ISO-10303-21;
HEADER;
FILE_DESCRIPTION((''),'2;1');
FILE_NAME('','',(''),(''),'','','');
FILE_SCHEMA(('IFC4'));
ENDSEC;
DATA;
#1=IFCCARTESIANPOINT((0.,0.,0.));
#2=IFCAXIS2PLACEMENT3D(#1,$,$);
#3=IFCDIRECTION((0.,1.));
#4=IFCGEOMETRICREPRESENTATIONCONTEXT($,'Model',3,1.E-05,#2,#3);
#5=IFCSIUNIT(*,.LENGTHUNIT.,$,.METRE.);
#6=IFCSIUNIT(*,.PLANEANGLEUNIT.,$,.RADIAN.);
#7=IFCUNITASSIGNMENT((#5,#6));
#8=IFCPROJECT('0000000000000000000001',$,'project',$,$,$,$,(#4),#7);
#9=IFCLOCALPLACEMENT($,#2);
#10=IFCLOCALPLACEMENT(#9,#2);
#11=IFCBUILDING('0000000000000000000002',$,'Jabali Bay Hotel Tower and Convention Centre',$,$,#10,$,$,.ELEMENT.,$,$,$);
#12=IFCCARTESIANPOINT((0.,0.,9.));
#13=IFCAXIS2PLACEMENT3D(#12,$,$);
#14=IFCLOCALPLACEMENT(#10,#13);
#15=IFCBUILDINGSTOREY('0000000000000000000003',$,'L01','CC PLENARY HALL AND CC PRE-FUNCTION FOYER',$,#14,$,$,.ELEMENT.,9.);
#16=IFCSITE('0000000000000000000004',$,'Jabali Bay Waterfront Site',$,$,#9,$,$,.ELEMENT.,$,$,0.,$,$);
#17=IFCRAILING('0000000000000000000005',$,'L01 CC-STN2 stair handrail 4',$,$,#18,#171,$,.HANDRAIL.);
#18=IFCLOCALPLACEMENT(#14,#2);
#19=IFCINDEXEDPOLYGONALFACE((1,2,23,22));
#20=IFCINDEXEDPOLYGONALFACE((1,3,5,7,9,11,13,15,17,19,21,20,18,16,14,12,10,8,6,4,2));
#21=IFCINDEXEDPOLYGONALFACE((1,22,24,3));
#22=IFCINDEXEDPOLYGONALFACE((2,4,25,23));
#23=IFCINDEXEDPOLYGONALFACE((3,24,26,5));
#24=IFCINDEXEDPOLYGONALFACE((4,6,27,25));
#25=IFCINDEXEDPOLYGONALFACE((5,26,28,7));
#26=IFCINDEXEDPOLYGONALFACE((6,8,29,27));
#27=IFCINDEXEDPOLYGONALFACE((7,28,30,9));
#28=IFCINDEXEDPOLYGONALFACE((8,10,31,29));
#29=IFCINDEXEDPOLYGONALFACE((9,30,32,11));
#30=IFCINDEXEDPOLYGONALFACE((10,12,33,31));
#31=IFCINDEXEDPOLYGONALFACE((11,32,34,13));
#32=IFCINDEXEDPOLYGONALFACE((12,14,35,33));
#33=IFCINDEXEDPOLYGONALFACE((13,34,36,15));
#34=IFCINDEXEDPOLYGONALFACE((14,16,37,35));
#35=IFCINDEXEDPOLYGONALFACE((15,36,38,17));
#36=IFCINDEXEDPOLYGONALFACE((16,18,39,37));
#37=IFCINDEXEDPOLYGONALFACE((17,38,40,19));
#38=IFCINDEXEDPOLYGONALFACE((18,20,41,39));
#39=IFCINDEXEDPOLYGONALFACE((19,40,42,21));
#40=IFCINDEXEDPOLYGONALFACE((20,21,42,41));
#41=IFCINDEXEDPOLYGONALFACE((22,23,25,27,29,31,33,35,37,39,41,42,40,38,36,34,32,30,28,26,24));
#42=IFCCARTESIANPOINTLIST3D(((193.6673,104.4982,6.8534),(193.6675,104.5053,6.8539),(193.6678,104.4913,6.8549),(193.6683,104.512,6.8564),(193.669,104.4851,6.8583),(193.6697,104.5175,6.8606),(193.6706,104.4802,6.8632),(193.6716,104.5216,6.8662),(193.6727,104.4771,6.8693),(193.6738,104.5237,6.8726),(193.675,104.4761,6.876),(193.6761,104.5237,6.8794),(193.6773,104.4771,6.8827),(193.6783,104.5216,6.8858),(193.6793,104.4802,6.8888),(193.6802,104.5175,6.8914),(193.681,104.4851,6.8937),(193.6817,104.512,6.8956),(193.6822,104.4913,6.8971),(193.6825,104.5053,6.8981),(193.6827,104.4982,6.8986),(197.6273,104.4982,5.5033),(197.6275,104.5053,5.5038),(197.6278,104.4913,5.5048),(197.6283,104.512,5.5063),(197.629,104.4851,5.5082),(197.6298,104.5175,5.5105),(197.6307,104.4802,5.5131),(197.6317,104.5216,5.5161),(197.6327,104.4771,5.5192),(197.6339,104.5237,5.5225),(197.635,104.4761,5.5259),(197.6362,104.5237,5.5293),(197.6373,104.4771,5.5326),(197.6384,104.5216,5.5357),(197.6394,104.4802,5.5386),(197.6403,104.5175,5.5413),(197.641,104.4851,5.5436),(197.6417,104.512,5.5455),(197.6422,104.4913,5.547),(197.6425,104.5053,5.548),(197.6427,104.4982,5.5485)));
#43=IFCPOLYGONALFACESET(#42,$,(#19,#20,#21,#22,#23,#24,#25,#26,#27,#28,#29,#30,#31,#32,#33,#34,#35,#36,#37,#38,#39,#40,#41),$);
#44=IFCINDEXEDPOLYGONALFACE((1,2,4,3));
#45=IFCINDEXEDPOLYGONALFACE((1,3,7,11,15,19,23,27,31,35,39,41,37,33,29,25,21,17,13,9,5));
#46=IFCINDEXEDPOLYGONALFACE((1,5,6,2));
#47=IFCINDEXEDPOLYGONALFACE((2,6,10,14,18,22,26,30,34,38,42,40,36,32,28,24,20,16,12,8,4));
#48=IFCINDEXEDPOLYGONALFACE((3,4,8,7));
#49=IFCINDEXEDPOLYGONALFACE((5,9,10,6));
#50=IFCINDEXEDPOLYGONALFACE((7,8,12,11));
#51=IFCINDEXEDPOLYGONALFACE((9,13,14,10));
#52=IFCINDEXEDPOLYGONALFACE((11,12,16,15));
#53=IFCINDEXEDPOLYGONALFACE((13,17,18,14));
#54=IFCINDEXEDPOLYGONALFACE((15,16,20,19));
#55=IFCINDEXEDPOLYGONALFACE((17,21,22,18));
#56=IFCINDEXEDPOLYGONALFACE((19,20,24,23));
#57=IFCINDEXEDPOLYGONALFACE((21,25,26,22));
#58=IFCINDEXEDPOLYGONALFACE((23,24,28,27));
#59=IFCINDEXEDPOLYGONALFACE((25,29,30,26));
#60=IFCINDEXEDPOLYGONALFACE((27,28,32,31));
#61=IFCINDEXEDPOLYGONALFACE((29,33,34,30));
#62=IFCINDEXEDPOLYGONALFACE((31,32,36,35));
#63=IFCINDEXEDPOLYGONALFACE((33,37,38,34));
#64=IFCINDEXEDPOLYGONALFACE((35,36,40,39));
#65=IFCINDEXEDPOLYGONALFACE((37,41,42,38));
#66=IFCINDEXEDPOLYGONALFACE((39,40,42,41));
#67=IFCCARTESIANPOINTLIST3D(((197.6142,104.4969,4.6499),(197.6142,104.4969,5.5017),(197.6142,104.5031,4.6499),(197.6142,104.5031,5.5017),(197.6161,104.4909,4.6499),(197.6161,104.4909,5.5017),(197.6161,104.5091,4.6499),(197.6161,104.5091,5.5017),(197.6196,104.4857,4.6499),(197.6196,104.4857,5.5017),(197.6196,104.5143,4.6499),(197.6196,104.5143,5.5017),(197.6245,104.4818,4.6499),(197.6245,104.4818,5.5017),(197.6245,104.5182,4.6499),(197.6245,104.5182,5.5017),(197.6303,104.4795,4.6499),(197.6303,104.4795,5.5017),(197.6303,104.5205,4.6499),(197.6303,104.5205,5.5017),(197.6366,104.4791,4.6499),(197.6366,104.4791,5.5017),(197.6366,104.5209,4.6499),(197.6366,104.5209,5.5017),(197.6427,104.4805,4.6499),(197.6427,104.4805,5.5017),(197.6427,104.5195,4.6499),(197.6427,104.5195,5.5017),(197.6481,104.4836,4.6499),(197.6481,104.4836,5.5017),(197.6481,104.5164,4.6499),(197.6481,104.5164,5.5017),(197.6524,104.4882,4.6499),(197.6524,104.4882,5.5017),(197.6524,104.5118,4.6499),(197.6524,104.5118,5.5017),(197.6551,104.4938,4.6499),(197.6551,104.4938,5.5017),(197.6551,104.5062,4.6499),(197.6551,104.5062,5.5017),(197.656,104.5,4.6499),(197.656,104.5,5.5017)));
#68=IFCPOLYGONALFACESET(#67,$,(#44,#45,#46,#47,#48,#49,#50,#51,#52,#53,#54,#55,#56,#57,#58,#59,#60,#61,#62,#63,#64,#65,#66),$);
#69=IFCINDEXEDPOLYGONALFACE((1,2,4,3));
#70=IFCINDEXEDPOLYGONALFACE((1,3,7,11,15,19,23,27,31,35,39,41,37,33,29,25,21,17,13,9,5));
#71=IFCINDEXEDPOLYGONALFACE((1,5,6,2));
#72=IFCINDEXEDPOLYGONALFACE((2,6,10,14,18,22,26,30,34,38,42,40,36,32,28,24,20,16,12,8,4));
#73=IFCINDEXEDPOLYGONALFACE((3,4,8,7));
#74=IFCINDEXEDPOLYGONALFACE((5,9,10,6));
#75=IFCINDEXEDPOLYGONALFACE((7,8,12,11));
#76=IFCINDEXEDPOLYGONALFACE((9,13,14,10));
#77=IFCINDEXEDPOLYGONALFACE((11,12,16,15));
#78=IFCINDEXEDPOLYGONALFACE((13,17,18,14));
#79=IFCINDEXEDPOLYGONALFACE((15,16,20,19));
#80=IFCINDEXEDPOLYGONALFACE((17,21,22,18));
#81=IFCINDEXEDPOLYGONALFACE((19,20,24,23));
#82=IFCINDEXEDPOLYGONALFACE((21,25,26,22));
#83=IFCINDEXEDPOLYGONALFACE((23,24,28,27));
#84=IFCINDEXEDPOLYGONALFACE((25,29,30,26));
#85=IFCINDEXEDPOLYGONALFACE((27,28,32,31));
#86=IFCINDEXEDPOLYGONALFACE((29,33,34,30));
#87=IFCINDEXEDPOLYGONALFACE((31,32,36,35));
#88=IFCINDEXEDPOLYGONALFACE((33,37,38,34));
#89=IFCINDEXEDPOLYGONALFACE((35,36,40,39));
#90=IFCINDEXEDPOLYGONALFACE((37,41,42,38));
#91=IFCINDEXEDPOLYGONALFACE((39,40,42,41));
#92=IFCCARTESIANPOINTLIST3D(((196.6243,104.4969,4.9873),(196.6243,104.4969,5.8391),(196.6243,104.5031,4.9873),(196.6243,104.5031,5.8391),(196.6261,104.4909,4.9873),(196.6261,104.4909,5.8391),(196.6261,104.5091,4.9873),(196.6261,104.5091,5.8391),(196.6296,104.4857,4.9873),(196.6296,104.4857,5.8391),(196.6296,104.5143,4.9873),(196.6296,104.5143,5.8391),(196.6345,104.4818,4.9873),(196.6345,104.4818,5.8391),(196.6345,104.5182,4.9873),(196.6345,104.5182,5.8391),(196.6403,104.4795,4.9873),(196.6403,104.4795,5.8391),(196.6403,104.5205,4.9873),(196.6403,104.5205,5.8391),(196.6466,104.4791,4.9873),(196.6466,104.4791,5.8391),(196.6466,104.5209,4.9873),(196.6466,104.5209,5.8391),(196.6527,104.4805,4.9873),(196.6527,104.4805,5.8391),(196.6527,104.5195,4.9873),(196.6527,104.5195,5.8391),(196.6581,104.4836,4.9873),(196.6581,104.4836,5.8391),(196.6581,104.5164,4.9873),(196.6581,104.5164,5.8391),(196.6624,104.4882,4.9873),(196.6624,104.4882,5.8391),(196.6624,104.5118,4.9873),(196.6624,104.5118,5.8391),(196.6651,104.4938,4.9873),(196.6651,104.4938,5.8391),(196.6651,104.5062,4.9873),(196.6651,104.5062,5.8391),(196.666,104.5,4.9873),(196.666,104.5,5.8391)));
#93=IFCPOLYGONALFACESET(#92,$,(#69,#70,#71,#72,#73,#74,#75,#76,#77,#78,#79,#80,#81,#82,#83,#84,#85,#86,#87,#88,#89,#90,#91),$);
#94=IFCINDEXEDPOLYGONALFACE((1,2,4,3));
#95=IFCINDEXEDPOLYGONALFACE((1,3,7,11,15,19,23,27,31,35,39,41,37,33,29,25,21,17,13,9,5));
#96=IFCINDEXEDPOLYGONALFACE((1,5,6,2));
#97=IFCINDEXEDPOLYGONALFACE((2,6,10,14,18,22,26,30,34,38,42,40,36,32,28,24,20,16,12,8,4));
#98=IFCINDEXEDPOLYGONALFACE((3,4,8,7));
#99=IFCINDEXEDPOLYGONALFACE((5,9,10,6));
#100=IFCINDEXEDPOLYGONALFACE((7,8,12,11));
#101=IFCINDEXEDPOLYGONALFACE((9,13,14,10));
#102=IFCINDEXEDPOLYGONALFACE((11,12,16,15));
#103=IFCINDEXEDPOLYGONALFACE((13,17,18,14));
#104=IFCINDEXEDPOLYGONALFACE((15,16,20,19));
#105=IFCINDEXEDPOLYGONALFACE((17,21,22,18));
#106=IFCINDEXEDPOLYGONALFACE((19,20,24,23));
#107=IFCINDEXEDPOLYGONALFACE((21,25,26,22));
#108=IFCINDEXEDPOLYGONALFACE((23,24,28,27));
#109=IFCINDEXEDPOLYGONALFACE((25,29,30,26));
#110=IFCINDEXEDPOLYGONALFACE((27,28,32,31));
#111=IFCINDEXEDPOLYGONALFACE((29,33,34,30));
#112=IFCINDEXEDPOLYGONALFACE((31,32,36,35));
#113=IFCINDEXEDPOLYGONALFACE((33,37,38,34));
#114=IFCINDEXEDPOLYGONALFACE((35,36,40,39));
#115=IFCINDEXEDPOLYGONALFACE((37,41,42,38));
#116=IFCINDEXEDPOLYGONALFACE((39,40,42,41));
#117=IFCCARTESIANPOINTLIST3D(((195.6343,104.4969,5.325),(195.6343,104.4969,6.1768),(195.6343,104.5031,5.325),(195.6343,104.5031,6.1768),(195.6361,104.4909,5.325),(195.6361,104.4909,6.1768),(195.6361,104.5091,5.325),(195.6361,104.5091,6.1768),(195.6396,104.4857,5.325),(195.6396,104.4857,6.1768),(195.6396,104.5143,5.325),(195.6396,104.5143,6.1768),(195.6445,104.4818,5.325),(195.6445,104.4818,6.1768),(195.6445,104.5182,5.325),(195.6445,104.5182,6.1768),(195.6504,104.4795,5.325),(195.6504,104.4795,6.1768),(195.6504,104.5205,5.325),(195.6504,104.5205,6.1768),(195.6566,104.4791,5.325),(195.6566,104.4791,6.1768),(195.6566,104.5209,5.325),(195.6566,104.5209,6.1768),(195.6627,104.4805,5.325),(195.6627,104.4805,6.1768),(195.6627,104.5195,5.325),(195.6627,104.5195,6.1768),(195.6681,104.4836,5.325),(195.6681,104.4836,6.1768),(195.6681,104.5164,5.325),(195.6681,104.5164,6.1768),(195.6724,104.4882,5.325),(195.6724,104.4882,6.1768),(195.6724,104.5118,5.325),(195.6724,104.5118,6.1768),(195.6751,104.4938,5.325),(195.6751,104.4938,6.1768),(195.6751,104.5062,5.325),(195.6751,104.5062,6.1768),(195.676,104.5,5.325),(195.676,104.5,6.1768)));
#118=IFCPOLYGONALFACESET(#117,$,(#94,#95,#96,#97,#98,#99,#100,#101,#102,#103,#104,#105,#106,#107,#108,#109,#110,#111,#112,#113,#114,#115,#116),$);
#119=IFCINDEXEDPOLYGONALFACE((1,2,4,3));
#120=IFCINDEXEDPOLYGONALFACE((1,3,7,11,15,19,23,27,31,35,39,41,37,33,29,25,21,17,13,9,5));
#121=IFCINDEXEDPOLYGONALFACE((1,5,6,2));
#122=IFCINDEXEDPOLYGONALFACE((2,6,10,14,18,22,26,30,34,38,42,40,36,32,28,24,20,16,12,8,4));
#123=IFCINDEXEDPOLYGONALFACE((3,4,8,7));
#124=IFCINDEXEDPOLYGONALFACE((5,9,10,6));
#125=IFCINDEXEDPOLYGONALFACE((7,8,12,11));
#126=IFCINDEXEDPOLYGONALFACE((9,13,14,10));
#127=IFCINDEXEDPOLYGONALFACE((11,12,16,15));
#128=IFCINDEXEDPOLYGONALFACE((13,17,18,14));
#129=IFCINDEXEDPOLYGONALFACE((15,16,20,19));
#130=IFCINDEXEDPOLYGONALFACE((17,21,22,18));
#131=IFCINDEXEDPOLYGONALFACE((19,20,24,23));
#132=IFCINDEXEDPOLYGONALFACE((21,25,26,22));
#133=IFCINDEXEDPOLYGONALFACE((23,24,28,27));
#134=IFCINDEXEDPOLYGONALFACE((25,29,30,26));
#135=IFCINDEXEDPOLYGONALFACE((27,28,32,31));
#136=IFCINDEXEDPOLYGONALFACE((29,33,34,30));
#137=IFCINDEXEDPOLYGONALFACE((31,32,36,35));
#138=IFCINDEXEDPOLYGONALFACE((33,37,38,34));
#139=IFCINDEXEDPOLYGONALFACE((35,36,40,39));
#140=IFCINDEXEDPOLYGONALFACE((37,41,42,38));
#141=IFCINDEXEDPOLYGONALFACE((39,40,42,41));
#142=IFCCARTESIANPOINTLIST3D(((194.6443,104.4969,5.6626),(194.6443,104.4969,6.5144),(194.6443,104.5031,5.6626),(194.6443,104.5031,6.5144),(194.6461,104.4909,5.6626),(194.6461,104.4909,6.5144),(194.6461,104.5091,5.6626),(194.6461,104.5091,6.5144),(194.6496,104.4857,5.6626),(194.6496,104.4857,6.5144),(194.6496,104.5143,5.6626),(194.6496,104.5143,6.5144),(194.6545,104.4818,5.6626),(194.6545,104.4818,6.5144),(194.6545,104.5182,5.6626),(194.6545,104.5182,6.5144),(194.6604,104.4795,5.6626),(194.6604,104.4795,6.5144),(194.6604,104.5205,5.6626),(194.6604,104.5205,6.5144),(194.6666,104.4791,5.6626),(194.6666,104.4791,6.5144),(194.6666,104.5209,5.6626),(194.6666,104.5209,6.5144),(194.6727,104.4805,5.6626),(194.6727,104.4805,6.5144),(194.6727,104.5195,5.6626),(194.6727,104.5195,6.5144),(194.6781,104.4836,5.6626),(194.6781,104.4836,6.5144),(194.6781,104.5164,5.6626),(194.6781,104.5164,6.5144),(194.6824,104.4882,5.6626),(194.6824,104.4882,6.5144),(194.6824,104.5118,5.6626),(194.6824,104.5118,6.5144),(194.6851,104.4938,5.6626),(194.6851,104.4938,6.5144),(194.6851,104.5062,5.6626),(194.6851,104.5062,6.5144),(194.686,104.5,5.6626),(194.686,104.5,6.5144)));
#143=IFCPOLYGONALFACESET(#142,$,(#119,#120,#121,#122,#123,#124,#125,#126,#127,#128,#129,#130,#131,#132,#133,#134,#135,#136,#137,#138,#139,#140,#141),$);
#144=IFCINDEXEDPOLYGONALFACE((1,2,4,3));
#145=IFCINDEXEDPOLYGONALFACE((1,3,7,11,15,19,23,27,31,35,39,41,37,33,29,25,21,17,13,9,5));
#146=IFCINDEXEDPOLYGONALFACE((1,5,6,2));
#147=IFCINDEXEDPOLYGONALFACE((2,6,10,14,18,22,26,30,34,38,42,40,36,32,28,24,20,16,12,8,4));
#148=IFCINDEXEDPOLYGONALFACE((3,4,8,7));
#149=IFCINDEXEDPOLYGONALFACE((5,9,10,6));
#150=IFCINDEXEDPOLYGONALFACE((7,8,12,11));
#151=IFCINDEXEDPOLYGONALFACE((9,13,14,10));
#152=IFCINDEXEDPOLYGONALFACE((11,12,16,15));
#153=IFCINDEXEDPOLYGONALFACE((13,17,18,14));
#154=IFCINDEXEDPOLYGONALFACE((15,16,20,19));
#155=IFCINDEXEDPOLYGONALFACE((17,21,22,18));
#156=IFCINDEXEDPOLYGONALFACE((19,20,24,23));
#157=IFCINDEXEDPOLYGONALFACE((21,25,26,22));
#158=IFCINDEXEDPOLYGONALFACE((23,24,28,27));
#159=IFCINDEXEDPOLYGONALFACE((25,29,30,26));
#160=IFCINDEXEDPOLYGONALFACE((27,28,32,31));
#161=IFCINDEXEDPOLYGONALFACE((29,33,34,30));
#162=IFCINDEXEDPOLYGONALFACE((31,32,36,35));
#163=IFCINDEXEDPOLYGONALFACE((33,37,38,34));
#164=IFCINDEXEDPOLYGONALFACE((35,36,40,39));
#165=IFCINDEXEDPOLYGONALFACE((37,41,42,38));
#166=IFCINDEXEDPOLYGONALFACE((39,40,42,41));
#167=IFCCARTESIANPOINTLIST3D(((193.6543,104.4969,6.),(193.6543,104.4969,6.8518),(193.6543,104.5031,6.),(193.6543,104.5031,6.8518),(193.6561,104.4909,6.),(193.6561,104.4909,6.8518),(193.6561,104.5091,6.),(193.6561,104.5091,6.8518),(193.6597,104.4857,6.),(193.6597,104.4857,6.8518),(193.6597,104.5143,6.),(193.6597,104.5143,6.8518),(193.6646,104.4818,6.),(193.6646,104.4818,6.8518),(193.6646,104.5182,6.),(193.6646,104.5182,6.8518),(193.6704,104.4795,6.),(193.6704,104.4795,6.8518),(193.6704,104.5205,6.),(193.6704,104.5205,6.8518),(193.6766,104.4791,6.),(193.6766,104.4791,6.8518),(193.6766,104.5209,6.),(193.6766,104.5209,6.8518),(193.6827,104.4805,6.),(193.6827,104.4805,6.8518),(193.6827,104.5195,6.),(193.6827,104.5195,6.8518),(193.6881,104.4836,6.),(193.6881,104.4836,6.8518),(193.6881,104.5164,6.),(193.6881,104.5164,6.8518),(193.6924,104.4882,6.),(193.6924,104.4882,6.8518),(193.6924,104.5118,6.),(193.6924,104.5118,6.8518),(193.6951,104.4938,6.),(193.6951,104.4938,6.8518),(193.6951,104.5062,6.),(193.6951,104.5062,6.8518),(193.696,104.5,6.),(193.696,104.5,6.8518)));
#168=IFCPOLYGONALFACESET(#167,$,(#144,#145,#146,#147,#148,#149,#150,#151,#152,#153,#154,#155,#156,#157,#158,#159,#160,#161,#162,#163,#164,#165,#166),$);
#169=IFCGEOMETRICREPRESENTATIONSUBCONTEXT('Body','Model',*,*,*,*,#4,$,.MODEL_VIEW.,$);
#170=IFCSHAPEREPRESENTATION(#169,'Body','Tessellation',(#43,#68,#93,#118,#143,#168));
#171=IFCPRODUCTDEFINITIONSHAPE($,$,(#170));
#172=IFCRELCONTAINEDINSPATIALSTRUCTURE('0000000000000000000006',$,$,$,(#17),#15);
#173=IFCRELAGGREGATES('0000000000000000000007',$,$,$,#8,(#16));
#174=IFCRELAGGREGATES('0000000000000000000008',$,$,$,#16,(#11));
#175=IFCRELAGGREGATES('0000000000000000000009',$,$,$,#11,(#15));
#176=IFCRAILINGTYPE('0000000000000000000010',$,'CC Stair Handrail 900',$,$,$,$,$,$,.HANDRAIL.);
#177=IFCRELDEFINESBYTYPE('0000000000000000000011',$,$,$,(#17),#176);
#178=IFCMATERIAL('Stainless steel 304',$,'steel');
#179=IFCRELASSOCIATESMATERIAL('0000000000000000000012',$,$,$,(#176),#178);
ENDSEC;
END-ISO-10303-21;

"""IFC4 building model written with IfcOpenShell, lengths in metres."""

from ifc_helpers import new_model, si_unit, direction, frame, origin, origin_2d, place, context, subcontext, project, spatial, circle, extrude, material, type_object, element, save


model = new_model("IFC4")

# Units and contexts
model_context = context("Model", 3, precision=1e-05, world=origin(), true_north=direction((0.0, 1.0)))
body_context = subcontext(model_context, "Body", "Model", "MODEL_VIEW")
ifc_project = project(units=[si_unit("LENGTHUNIT", "METRE"), si_unit("PLANEANGLEUNIT", "RADIAN")], contexts=[model_context])

# Site, building, storey
site_placement = place(None, origin())
site = spatial("IfcSite", under=ifc_project, at=site_placement, Name="Jabali Bay Waterfront Site", CompositionType="ELEMENT", RefElevation=0.0)
building_placement = place(site_placement, origin())
building = spatial("IfcBuilding", under=site, at=building_placement, Name="Jabali Bay Hotel Tower and Convention Centre", CompositionType="ELEMENT")
storey_placement = place(building_placement, frame((0.0, 0.0, 9.0)))
storey = spatial("IfcBuildingStorey", under=building, at=storey_placement, Name="L01", Description="CC PLENARY HALL AND CC PRE-FUNCTION FOYER", CompositionType="ELEMENT", Elevation=9.0)

# Railing
ifc_material_1 = material(Name="Stainless steel 304", Category="steel")
railing_type_1 = type_object("IfcRailingType", Name="CC Stair Handrail 900", PredefinedType="HANDRAIL", material=ifc_material_1)
railing_1_placement = place(storey_placement, frame((197.635, 104.5, 4.6499)))
element("IfcRailing", 1, at=railing_1_placement, inside=storey, type_object=railing_type_1, Name="L01 CC-STN2 stair handrail 4", PredefinedType="HANDRAIL", context=body_context, shape_type="SweptSolid", body=[
    extrude(circle(Radius=0.0239, at=origin_2d()), frame((0.0, 0.0, 0.876), z_axis=(-0.946502, 0.0, 0.322698), x_axis=(0.0, -1.0, 0.0)), (0.0, 0.0, 1.0), 4.1838),
    extrude(circle(Radius=0.021, at=origin_2d()), origin(), (0.0, 0.0, 1.0), 0.8518),
    extrude(circle(Radius=0.021, at=origin_2d()), frame((-0.99, 0.0, 0.3374)), (0.0, 0.0, 1.0), 0.8518),
    extrude(circle(Radius=0.021, at=origin_2d()), frame((-1.98, 0.0, 0.675)), (0.0, 0.0, 1.0), 0.8518),
    extrude(circle(Radius=0.021, at=origin_2d()), frame((-2.97, 0.0, 1.0127)), (0.0, 0.0, 1.0), 0.8518),
    extrude(circle(Radius=0.021, at=origin_2d()), frame((-3.96, 0.0, 1.3501)), (0.0, 0.0, 1.0), 0.8518),
])

save(model, "model.ifc")
